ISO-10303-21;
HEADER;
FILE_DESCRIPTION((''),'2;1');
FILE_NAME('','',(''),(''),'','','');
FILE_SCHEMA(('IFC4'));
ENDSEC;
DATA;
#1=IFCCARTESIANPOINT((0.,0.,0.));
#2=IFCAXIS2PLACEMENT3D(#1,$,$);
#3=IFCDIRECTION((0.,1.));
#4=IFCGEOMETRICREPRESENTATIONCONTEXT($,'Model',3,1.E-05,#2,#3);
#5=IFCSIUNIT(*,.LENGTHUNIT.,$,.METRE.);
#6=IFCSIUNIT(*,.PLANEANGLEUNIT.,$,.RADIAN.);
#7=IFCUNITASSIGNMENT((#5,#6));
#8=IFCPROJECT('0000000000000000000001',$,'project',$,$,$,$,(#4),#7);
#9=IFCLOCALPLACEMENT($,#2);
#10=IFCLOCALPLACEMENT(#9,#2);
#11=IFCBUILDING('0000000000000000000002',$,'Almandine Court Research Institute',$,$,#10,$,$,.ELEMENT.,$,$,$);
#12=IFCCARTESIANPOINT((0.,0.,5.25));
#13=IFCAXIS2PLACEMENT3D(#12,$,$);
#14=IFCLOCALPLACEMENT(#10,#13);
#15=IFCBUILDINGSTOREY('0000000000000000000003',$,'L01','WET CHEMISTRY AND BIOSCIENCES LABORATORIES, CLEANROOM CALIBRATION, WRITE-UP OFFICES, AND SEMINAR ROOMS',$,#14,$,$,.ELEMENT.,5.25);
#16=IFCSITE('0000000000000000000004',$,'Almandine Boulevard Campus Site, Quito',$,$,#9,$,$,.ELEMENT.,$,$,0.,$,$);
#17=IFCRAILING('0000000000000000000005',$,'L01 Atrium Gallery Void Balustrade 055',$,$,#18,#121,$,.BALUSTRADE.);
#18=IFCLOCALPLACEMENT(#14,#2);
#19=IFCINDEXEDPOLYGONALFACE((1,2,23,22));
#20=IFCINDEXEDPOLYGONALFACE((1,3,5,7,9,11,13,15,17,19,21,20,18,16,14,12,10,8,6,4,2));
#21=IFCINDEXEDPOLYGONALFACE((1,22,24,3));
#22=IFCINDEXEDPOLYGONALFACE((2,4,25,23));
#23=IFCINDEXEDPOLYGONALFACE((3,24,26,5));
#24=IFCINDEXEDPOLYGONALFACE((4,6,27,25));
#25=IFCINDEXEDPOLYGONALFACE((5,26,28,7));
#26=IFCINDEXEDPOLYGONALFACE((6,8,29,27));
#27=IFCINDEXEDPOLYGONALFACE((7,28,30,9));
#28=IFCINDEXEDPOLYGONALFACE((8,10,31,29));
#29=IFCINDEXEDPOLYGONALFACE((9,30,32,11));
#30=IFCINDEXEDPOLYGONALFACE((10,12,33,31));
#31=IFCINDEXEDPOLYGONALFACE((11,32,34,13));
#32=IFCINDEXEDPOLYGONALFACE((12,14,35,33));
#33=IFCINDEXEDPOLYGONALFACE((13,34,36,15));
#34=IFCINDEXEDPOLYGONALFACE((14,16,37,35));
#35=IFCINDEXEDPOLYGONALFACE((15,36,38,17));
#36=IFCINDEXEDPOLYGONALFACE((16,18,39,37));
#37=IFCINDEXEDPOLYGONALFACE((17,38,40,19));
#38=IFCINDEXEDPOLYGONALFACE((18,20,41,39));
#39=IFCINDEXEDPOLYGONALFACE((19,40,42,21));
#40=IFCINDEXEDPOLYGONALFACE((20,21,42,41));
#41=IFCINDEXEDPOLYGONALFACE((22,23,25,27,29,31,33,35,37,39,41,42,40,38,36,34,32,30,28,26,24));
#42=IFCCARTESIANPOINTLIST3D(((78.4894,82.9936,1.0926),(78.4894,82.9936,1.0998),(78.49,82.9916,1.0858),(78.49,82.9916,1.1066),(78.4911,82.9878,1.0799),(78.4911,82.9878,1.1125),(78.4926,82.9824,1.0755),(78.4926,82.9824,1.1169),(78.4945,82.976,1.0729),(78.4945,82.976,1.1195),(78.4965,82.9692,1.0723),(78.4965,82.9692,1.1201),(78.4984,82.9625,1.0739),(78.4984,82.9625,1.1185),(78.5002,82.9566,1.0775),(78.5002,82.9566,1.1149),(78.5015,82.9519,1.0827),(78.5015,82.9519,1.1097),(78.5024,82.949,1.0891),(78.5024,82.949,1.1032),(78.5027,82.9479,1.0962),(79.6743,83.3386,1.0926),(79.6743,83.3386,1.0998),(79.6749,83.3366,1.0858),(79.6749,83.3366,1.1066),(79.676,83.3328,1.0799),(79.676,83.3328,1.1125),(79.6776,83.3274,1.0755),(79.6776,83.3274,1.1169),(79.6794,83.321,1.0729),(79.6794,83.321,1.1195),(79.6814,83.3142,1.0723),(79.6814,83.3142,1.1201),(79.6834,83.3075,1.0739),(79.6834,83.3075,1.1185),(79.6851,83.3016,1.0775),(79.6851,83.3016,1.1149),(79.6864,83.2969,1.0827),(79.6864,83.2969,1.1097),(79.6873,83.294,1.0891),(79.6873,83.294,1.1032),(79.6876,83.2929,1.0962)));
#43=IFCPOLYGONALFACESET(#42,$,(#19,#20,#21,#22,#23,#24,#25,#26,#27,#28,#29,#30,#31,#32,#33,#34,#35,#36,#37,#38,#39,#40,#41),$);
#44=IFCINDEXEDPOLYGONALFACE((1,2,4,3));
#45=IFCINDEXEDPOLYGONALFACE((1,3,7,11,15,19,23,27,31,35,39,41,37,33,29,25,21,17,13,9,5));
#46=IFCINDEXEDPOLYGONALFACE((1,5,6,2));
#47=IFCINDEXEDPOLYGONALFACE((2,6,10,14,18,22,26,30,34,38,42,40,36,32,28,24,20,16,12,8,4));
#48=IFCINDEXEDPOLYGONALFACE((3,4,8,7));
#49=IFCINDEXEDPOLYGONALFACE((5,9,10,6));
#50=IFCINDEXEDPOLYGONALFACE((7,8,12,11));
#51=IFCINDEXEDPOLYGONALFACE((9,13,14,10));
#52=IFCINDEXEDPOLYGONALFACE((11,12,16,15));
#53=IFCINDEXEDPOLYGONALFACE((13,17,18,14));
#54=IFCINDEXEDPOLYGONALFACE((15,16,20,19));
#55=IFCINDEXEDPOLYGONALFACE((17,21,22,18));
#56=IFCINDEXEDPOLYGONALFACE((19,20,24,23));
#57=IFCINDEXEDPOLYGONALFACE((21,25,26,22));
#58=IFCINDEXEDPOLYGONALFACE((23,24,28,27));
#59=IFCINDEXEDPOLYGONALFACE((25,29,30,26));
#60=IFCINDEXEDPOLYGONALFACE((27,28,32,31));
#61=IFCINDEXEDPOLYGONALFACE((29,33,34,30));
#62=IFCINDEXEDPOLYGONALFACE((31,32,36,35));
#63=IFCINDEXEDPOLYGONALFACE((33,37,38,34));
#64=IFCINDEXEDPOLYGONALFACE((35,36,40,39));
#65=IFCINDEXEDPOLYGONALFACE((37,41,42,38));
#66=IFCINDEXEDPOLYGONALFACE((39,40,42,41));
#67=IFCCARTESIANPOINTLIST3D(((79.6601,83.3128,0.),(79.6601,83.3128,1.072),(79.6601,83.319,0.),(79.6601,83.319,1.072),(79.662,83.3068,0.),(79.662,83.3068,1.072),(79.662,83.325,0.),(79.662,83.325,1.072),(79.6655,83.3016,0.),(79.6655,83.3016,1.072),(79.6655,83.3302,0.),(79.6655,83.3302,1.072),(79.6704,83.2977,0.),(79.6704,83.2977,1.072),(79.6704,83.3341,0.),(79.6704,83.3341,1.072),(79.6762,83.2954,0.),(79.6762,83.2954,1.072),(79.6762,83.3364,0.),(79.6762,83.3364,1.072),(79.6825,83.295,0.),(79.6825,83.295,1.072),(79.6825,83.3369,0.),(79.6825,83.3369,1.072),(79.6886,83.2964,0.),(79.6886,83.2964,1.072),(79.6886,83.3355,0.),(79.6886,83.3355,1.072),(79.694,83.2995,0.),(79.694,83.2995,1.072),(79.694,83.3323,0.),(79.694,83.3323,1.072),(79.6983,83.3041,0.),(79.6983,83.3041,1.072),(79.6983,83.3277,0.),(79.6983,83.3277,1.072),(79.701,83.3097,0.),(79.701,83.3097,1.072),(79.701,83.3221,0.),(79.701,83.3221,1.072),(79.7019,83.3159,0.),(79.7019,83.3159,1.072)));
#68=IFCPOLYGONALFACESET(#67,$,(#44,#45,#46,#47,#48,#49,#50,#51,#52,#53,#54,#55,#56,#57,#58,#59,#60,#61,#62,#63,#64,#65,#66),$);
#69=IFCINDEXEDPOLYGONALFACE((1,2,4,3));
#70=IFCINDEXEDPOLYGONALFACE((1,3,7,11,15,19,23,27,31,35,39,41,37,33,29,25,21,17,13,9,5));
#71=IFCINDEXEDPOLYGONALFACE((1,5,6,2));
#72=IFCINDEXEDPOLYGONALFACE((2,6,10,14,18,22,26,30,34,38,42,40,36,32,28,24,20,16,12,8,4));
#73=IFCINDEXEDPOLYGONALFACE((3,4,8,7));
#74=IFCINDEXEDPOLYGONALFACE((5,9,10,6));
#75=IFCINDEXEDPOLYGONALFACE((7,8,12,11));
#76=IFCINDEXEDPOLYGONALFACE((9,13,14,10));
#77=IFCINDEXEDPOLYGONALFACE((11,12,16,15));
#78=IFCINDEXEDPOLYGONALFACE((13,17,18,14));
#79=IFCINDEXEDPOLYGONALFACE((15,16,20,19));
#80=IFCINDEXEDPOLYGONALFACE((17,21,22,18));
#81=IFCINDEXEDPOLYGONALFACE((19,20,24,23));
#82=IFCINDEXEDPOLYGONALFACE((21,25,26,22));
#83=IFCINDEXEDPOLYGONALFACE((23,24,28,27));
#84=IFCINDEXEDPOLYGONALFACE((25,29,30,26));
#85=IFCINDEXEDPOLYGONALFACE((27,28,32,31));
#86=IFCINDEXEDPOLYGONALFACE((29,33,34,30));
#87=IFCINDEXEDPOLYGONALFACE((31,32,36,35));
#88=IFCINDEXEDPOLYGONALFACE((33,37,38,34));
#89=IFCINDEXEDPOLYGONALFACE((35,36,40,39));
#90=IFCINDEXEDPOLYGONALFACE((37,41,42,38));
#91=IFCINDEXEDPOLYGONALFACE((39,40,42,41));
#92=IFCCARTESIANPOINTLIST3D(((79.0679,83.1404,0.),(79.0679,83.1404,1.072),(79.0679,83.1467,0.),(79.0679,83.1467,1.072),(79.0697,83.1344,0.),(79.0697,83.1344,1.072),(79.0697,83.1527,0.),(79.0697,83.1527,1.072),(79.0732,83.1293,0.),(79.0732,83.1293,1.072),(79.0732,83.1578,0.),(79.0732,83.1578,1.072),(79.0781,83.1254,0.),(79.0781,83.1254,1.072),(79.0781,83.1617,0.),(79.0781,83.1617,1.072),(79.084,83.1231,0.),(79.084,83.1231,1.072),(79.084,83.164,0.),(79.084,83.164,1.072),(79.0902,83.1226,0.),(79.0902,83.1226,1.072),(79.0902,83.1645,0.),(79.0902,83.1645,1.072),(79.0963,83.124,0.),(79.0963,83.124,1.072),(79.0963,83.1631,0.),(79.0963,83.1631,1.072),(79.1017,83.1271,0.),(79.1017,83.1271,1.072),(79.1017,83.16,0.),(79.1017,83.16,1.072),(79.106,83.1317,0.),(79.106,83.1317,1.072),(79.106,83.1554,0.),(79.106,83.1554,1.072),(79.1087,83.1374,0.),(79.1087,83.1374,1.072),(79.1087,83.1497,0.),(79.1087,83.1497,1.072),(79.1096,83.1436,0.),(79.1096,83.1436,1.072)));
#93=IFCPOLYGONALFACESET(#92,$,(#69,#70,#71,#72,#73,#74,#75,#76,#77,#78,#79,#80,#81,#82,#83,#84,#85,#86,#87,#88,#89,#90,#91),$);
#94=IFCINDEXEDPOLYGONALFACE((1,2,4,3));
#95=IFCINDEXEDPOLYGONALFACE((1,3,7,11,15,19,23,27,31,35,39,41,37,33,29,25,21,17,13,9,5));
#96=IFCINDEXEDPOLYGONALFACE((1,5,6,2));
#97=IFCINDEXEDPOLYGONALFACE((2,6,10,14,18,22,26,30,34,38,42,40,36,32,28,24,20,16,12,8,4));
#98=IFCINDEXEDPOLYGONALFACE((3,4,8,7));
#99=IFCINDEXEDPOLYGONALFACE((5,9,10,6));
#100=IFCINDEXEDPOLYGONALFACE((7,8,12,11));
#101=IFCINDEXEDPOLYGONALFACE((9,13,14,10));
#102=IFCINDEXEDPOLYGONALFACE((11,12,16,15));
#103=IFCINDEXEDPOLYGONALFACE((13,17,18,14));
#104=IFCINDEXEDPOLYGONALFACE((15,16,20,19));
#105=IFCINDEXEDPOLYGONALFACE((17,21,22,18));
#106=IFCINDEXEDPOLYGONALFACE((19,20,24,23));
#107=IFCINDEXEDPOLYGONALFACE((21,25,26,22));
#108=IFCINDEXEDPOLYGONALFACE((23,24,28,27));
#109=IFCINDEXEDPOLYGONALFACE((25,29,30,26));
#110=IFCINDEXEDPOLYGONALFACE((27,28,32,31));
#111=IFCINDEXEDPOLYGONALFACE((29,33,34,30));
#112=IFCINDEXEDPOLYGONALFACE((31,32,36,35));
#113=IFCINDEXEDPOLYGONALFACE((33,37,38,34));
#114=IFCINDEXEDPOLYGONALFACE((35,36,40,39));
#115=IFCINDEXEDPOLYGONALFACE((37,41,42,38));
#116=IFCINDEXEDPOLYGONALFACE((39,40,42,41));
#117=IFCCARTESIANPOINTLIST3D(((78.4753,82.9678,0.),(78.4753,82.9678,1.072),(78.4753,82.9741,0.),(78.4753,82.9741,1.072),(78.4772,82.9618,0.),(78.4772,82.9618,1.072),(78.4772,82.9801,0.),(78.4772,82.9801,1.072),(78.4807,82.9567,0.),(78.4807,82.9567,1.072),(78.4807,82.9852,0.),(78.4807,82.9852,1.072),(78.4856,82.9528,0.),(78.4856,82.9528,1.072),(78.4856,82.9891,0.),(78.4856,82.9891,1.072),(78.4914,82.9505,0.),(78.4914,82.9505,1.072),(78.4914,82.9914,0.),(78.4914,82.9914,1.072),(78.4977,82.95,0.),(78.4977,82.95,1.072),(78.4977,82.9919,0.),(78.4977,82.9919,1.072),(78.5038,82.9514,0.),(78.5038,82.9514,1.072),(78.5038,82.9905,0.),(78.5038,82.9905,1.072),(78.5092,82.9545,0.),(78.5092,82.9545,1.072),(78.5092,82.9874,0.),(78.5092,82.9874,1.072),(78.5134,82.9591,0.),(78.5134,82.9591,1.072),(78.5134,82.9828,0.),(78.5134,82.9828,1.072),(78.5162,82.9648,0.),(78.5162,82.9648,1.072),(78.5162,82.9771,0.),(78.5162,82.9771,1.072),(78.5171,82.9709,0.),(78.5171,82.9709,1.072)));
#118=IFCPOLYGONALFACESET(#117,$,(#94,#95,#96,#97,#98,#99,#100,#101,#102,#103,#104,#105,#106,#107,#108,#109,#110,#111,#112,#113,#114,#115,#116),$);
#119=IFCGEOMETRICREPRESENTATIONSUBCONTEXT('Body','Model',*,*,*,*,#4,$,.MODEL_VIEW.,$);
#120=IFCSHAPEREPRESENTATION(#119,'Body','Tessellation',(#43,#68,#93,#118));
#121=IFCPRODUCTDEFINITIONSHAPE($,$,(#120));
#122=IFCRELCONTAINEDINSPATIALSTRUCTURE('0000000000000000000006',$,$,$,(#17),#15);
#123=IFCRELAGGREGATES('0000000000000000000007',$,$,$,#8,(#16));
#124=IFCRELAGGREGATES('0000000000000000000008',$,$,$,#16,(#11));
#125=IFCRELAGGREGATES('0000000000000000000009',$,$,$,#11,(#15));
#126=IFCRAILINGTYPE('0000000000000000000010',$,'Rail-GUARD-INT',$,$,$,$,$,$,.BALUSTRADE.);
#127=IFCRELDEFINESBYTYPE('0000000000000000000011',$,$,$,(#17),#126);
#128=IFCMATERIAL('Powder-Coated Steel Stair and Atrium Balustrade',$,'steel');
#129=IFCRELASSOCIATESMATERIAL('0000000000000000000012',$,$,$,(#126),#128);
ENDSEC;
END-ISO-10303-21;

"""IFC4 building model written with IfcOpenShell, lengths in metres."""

from ifc_helpers import new_model, si_unit, direction, frame, origin, origin_2d, place, context, subcontext, project, spatial, circle, extrude, material, type_object, element, save


model = new_model("IFC4")

# Units and contexts
model_context = context("Model", 3, precision=1e-05, world=origin(), true_north=direction((0.0, 1.0)))
body_context = subcontext(model_context, "Body", "Model", "MODEL_VIEW")
ifc_project = project(units=[si_unit("LENGTHUNIT", "METRE"), si_unit("PLANEANGLEUNIT", "RADIAN")], contexts=[model_context])

# Site, building, storey
site_placement = place(None, origin())
site = spatial("IfcSite", under=ifc_project, at=site_placement, Name="Almandine Boulevard Campus Site, Quito", CompositionType="ELEMENT", RefElevation=0.0)
building_placement = place(site_placement, origin())
building = spatial("IfcBuilding", under=site, at=building_placement, Name="Almandine Court Research Institute", CompositionType="ELEMENT")
storey_placement = place(building_placement, frame((0.0, 0.0, 5.25)))
storey = spatial("IfcBuildingStorey", under=building, at=storey_placement, Name="L01", Description="WET CHEMISTRY AND BIOSCIENCES LABORATORIES, CLEANROOM CALIBRATION, WRITE-UP OFFICES, AND SEMINAR ROOMS", CompositionType="ELEMENT", Elevation=5.25)

# Railing
ifc_material_1 = material(Name="Powder-Coated Steel Stair and Atrium Balustrade", Category="steel")
railing_type = type_object("IfcRailingType", Name="Rail-GUARD-INT", PredefinedType="BALUSTRADE", material=ifc_material_1)
railing_1_placement = place(storey_placement, frame((79.6809, 83.3159, 0.0)))
element("IfcRailing", 1, at=railing_1_placement, inside=storey, type_object=railing_type, Name="L01 Atrium Gallery Void Balustrade 055", PredefinedType="BALUSTRADE", context=body_context, shape_type="SweptSolid", body=[
    extrude(circle(Radius=0.0239, at=origin_2d()), frame((0.0, 0.0, 1.0962), z_axis=(-0.960131, -0.279552, 0.0), x_axis=(0.279552, -0.960131, 0.0)), (0.0, 0.0, 1.0), 1.2341),
    extrude(circle(Radius=0.021, at=origin_2d()), origin(), (0.0, 0.0, 1.0), 1.072),
    extrude(circle(Radius=0.021, at=origin_2d()), frame((-0.5923, -0.1724, 0.0)), (0.0, 0.0, 1.0), 1.072),
    extrude(circle(Radius=0.021, at=origin_2d()), frame((-1.1848, -0.345, 0.0)), (0.0, 0.0, 1.0), 1.072),
])

save(model, "model.ifc")
